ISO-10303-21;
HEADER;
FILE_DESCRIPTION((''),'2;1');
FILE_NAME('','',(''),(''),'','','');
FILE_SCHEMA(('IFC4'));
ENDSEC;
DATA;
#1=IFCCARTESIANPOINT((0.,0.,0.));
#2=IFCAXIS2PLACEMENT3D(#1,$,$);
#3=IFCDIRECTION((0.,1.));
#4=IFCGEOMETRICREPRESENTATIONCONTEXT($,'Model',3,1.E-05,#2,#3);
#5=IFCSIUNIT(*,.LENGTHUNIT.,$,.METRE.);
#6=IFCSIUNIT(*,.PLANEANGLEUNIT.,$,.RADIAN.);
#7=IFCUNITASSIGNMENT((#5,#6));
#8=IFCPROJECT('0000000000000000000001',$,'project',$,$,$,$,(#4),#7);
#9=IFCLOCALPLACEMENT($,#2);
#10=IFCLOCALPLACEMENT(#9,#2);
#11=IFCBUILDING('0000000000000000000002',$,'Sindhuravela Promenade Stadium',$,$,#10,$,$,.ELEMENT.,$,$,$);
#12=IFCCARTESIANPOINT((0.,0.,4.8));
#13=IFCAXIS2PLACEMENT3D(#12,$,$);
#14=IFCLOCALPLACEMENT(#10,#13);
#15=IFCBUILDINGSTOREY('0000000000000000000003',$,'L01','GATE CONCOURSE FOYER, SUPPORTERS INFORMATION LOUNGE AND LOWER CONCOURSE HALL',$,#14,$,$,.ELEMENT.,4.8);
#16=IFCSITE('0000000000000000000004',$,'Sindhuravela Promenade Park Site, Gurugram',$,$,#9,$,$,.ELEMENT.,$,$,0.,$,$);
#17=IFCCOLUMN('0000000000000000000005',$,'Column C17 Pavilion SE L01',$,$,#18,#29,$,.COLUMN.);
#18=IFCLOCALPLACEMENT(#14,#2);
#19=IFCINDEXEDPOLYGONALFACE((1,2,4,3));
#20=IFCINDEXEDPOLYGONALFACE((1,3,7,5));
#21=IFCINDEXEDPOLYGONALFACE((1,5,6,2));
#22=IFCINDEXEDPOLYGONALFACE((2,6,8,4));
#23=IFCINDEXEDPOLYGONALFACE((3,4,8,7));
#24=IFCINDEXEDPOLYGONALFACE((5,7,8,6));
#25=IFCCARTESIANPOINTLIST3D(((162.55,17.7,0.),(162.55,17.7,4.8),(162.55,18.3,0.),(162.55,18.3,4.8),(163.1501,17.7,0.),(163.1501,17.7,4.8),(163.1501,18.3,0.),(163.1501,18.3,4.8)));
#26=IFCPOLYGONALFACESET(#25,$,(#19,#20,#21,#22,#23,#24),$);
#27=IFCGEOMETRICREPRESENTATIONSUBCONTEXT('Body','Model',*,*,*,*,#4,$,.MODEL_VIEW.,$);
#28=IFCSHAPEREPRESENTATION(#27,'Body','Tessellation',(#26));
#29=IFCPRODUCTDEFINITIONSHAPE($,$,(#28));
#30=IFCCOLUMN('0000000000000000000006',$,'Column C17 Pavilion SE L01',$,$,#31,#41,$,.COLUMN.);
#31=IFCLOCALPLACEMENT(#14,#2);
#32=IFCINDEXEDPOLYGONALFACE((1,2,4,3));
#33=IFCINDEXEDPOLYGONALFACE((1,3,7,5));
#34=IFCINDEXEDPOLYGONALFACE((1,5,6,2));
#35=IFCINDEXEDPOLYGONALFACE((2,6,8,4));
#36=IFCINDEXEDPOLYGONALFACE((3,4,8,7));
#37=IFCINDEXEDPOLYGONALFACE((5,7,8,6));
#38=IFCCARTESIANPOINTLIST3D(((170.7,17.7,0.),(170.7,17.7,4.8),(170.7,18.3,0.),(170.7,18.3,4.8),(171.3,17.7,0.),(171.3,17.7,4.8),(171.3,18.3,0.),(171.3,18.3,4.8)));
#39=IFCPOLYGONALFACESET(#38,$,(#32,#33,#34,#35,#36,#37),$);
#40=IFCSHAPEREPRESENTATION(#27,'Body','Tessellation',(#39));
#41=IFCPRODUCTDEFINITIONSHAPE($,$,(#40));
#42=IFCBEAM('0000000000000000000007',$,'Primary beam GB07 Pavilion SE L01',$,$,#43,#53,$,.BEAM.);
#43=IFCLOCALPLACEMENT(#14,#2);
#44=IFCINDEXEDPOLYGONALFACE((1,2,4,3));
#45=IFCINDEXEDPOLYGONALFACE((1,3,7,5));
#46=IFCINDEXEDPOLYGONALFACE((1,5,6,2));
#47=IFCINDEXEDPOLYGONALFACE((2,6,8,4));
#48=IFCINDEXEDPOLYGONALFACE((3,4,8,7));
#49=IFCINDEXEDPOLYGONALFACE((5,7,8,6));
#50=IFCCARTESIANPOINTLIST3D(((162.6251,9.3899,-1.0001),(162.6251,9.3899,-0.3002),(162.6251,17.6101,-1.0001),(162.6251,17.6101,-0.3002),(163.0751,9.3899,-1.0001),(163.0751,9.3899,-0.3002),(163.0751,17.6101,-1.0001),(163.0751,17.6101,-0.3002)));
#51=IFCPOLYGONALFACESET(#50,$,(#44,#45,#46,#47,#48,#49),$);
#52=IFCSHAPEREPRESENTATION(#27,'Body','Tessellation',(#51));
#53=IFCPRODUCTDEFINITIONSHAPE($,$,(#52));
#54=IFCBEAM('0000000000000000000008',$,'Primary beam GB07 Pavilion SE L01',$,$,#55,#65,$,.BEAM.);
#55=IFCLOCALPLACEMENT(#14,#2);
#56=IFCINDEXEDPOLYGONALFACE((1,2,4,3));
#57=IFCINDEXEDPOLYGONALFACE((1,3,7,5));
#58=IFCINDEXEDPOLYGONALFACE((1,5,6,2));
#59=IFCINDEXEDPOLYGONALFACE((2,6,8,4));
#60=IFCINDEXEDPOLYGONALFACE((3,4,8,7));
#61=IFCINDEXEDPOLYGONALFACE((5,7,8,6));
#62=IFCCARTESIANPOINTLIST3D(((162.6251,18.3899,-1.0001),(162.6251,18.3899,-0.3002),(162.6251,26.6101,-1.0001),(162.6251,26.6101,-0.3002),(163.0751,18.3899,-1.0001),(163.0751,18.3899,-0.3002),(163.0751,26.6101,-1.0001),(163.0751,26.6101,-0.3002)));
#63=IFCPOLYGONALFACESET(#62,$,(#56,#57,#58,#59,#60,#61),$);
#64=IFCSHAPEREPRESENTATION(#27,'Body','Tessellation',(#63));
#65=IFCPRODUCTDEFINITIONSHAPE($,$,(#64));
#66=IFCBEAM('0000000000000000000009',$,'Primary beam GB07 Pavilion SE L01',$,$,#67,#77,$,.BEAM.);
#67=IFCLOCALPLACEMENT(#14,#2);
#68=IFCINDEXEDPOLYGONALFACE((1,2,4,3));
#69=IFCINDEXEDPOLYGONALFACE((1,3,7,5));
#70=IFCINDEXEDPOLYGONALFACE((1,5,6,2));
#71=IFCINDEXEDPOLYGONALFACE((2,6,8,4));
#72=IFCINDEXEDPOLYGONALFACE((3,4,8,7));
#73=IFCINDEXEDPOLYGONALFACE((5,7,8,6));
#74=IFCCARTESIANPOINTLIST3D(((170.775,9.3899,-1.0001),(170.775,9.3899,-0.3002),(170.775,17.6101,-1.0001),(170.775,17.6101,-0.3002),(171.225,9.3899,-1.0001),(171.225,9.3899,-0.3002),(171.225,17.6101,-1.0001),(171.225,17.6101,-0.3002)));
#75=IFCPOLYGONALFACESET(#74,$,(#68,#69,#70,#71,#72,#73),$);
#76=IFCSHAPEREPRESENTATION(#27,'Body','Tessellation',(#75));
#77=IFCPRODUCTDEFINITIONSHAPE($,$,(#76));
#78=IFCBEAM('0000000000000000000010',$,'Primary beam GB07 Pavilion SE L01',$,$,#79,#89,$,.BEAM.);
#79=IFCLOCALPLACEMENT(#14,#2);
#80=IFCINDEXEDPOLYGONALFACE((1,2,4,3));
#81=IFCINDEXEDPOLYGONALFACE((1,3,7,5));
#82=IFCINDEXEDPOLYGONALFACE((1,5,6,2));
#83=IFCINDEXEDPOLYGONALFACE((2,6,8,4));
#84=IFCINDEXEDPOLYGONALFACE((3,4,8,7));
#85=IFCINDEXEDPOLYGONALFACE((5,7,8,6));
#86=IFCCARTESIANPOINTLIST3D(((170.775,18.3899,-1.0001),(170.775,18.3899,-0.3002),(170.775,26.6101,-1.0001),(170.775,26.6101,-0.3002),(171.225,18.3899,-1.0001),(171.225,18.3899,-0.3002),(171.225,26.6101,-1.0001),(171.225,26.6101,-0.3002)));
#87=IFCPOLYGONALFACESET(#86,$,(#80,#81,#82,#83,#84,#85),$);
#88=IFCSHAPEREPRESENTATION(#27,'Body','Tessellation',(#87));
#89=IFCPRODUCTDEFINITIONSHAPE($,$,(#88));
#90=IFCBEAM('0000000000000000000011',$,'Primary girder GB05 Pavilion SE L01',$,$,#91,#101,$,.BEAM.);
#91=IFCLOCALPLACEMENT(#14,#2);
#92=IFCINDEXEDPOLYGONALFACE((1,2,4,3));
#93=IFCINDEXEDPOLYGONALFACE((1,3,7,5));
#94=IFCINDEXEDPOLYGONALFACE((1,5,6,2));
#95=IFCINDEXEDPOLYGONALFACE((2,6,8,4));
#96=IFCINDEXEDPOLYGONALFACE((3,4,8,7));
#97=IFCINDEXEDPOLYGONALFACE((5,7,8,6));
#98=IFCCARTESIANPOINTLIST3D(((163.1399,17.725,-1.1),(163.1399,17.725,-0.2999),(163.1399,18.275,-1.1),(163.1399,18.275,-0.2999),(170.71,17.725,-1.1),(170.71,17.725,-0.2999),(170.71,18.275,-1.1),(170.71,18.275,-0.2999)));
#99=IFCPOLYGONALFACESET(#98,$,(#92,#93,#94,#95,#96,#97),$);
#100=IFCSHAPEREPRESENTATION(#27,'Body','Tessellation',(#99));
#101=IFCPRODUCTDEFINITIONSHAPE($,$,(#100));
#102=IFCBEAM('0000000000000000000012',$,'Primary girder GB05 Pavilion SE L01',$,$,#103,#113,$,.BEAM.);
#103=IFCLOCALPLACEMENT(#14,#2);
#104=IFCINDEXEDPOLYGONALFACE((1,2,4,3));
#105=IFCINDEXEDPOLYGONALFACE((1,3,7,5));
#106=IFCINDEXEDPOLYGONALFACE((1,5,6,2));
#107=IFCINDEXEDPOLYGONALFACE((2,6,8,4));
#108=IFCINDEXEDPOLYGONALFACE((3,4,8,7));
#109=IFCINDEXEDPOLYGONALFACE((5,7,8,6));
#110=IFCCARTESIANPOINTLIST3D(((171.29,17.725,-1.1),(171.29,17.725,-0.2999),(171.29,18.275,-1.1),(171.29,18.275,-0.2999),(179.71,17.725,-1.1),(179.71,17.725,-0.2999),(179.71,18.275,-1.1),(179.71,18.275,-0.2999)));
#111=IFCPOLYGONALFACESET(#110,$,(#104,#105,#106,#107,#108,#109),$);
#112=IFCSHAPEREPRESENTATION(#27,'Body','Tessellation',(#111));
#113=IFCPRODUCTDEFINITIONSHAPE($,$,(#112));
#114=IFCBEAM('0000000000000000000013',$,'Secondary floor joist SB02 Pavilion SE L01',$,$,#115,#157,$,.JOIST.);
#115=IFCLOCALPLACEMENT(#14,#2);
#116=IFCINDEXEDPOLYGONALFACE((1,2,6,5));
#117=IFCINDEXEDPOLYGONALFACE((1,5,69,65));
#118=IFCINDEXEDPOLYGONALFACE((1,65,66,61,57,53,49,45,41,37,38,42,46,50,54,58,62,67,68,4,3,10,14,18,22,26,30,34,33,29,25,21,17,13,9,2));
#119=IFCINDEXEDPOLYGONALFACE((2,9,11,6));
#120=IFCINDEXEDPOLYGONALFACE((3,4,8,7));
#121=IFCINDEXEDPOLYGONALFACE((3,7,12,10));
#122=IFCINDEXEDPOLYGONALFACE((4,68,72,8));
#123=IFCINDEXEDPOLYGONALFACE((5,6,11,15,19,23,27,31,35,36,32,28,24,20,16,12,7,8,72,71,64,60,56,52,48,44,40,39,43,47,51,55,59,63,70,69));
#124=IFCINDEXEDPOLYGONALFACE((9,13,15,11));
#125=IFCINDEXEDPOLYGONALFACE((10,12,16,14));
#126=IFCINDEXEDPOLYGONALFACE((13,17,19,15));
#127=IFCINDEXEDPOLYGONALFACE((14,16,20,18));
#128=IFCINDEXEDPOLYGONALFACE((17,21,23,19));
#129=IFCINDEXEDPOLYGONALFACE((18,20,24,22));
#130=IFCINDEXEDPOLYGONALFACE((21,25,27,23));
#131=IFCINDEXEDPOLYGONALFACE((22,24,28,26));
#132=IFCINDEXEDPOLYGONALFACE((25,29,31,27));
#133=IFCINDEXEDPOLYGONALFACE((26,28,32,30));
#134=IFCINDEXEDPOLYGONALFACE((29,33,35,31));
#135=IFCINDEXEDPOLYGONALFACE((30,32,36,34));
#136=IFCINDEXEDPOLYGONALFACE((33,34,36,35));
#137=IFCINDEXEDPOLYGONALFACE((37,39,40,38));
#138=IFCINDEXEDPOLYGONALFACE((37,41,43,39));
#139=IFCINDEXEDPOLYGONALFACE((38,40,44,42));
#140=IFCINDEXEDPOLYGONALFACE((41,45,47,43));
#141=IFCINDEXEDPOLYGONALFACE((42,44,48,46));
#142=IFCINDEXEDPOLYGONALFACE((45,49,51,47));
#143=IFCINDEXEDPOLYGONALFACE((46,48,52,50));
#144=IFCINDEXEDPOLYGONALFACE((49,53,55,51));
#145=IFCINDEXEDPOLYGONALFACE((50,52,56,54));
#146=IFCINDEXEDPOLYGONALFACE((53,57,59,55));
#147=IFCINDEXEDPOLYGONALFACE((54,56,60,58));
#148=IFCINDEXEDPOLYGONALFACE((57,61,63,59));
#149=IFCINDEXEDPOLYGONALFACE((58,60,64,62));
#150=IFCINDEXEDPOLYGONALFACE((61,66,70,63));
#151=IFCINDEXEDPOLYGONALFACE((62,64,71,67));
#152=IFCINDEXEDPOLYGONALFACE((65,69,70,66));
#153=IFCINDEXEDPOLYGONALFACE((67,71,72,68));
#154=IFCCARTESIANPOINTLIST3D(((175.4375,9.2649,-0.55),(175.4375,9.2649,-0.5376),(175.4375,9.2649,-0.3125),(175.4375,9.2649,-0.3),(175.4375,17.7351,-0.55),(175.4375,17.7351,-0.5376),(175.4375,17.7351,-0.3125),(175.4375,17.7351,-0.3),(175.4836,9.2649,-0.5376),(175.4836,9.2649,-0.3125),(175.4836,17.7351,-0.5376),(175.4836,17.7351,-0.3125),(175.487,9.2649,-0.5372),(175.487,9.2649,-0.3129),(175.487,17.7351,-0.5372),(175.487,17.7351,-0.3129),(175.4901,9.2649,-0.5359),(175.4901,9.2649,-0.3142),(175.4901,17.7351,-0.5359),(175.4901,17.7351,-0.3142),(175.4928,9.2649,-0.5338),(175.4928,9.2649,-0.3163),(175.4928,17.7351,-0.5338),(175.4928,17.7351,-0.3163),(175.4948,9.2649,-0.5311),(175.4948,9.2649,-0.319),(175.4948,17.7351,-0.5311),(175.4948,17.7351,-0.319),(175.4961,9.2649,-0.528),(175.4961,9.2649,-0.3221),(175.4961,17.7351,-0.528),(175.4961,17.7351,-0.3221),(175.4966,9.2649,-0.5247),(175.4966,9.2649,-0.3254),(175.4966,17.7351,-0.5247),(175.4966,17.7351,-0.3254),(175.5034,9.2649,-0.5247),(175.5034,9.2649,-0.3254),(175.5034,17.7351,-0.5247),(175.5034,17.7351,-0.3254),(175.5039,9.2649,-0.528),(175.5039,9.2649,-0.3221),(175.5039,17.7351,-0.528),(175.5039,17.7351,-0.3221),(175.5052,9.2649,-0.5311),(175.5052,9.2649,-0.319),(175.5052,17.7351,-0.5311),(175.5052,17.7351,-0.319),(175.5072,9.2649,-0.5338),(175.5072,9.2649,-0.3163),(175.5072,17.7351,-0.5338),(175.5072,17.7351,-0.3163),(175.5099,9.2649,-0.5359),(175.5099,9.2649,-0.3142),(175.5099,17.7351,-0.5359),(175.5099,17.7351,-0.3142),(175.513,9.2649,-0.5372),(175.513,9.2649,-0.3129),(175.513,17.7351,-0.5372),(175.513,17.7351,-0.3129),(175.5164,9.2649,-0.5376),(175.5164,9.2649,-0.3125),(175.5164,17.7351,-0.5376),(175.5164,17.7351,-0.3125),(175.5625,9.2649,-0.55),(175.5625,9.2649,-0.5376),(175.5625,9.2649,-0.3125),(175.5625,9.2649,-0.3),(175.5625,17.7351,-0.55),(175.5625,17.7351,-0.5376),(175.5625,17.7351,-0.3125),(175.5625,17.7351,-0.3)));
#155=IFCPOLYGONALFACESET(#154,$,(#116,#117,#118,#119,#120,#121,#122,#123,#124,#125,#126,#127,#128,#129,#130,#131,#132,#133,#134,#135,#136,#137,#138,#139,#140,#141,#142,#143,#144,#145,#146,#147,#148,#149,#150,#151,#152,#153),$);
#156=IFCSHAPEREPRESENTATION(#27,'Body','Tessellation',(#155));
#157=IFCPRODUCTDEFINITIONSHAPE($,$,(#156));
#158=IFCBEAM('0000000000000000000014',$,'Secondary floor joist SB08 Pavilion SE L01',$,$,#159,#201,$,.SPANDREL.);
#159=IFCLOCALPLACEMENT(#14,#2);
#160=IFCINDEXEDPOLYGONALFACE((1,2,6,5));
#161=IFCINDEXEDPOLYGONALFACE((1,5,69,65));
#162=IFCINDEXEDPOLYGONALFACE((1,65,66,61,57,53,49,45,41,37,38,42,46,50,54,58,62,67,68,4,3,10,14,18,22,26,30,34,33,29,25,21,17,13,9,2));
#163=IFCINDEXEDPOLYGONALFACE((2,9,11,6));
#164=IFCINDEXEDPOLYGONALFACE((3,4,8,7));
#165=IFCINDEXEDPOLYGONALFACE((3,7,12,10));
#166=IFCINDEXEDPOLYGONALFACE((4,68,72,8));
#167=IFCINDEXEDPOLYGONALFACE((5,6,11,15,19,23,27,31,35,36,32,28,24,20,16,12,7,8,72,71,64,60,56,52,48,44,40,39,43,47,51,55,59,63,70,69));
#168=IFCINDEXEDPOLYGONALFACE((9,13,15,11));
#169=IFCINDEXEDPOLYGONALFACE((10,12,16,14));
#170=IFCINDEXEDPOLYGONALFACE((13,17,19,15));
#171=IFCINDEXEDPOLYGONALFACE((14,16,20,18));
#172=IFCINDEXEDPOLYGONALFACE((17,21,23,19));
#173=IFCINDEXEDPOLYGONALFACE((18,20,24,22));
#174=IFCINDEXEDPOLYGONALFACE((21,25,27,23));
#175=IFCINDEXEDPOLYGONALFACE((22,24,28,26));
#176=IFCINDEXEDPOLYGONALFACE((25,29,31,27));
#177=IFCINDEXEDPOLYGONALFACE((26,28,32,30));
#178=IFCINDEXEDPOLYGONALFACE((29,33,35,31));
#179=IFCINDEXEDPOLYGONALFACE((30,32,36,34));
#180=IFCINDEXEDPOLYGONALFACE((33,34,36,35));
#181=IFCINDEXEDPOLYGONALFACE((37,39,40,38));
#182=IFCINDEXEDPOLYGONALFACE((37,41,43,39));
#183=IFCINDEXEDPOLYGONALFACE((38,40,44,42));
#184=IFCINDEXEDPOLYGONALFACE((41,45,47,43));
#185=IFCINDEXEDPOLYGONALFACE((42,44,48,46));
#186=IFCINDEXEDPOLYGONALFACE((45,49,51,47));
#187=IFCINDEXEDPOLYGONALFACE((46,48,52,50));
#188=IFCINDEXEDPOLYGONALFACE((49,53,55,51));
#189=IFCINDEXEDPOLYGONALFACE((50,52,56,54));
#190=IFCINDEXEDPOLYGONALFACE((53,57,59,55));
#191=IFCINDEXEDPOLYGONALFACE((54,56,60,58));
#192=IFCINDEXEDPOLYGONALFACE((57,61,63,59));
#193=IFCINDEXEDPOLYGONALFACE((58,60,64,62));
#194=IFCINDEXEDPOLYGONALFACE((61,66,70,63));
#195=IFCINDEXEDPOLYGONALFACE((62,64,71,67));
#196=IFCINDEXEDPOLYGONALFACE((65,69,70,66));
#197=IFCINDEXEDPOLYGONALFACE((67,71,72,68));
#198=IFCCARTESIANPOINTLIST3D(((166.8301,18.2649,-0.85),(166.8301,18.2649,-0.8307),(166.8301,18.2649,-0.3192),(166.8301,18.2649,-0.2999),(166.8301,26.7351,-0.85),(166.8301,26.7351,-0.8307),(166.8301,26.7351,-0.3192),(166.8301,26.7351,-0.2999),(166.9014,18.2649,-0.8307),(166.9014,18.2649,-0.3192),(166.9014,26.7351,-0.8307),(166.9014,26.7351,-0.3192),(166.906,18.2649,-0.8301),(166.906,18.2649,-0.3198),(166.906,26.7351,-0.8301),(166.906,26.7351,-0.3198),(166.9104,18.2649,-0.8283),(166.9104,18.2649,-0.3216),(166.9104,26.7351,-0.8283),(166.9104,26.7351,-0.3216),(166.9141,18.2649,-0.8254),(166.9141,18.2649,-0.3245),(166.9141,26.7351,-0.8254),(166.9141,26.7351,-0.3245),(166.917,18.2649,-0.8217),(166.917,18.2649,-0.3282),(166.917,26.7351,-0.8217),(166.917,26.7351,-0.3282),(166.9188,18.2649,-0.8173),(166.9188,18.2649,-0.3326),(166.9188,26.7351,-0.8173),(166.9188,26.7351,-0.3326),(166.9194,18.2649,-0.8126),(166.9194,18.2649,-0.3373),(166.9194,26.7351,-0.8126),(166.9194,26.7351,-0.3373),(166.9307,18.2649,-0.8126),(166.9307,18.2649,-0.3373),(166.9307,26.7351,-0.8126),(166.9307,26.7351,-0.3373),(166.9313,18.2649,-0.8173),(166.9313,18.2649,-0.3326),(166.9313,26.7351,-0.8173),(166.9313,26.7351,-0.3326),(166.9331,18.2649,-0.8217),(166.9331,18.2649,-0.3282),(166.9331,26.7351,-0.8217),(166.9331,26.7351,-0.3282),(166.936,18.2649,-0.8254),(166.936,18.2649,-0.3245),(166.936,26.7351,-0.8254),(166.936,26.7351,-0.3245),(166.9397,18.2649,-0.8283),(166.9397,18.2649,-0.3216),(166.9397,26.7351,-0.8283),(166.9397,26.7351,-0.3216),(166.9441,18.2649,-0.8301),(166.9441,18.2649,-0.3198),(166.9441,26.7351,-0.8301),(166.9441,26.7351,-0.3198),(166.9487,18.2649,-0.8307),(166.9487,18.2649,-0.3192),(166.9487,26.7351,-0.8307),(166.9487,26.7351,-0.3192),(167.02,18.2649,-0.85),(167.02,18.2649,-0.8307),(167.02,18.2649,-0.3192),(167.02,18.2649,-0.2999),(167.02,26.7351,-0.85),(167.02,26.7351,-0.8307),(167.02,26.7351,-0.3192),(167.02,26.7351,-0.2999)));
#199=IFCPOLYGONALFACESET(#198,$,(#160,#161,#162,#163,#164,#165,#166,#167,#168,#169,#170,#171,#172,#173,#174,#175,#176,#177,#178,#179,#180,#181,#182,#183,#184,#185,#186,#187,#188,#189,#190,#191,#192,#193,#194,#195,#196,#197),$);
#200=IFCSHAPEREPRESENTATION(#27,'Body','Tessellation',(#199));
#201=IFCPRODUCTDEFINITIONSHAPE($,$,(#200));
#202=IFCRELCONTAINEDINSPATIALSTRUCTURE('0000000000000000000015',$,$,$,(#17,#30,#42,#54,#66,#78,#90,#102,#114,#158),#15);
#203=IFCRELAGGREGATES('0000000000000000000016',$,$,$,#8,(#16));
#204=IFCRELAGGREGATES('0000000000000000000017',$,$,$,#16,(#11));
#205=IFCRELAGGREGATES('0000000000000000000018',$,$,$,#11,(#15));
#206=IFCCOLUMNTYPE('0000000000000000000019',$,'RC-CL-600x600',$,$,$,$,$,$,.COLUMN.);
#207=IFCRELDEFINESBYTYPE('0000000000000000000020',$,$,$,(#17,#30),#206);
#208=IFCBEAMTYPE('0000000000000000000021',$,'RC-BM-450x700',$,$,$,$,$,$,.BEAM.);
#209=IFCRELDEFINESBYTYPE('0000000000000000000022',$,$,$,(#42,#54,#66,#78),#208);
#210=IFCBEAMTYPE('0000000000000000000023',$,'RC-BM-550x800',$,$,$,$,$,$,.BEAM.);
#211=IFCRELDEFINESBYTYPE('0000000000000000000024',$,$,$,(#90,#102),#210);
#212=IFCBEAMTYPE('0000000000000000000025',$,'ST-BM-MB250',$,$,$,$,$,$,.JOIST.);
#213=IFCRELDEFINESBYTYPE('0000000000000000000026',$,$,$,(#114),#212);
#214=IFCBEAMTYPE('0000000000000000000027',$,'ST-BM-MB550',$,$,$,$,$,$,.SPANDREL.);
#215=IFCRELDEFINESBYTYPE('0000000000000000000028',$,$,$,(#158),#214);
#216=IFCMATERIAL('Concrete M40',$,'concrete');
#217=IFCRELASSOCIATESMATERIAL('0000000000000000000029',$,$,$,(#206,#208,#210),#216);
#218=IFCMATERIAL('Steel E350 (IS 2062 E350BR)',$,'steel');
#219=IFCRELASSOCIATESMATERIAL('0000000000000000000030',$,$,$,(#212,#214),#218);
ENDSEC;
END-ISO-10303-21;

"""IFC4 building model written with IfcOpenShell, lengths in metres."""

from ifc_helpers import new_model, si_unit, direction, frame, origin, origin_2d, place, context, subcontext, project, spatial, rectangle, i_section, extrude, material, material_profile, profile_set, type_object, element, save


model = new_model("IFC4")

# Units and contexts
model_context = context("Model", 3, precision=1e-05, world=origin(), true_north=direction((0.0, 1.0)))
body_context = subcontext(model_context, "Body", "Model", "MODEL_VIEW")
ifc_project = project(units=[si_unit("LENGTHUNIT", "METRE"), si_unit("PLANEANGLEUNIT", "RADIAN")], contexts=[model_context])

# Site, building, storey
site_placement = place(None, origin())
site = spatial("IfcSite", under=ifc_project, at=site_placement, Name="Sindhuravela Promenade Park Site, Gurugram", CompositionType="ELEMENT", RefElevation=0.0)
building_placement = place(site_placement, origin())
building = spatial("IfcBuilding", under=site, at=building_placement, Name="Sindhuravela Promenade Stadium", CompositionType="ELEMENT")
storey_placement = place(building_placement, frame((0.0, 0.0, 4.8)))
storey = spatial("IfcBuildingStorey", under=building, at=storey_placement, Name="L01", Description="GATE CONCOURSE FOYER, SUPPORTERS INFORMATION LOUNGE AND LOWER CONCOURSE HALL", CompositionType="ELEMENT", Elevation=4.8)

# Columns
ifc_material_1 = material(Name="Concrete M40", Category="concrete")
ifc_material_profile_1 = material_profile(ifc_material_1, rectangle(XDim=0.6001, YDim=0.6001, at=origin_2d()), Name="RC 600x600")
ifc_profile_set_1 = profile_set([ifc_material_profile_1], Name="Concrete M40")
column_type = type_object("IfcColumnType", Name="RC-CL-600x600", PredefinedType="COLUMN", material=ifc_profile_set_1)
for number, where, z_axis, x_axis, name in (
    (1, (162.8501, 18.0, 0.0), (0.0, 0.0, 1.0), (1.0, 0.0, 0.0), "Column C17 Pavilion SE L01"),
    (2, (171.0, 18.0, 0.0), (0.0, 0.0, 1.0), (1.0, 0.0, 0.0), "Column C17 Pavilion SE L01"),
):
    element("IfcColumn", number, at=place(storey_placement, frame(where, z_axis=z_axis, x_axis=x_axis)), inside=storey, type_object=column_type, Name=name, PredefinedType="COLUMN", context=body_context, shape_type="SweptSolid", body=[
        extrude(rectangle(XDim=0.6001, YDim=0.6001, at=origin_2d()), origin(), (0.0, 0.0, 1.0), 4.8),
    ])

# Beams
ifc_material_profile_2 = material_profile(ifc_material_1, rectangle(XDim=0.45, YDim=0.7, at=origin_2d()), Name="RC 450x700")
ifc_profile_set_2 = profile_set([ifc_material_profile_2], Name="Concrete M40")
beam_type_1 = type_object("IfcBeamType", Name="RC-BM-450x700", PredefinedType="BEAM", material=ifc_profile_set_2)
for number, where, z_axis, x_axis, name in (
    (3, (162.8501, 9.3899, -0.6501), (0.0, 1.0, 0.0), (-1.0, 0.0, 0.0), "Primary beam GB07 Pavilion SE L01"),
    (4, (162.8501, 18.3899, -0.6501), (0.0, 1.0, 0.0), (-1.0, 0.0, 0.0), "Primary beam GB07 Pavilion SE L01"),
    (5, (171.0, 9.3899, -0.6501), (0.0, 1.0, 0.0), (-1.0, 0.0, 0.0), "Primary beam GB07 Pavilion SE L01"),
    (6, (171.0, 18.3899, -0.6501), (0.0, 1.0, 0.0), (-1.0, 0.0, 0.0), "Primary beam GB07 Pavilion SE L01"),
):
    element("IfcBeam", number, at=place(storey_placement, frame(where, z_axis=z_axis, x_axis=x_axis)), inside=storey, type_object=beam_type_1, Name=name, PredefinedType="BEAM", context=body_context, shape_type="SweptSolid", body=[
        extrude(rectangle(XDim=0.45, YDim=0.7, at=origin_2d()), origin(), (0.0, 0.0, 1.0), 8.2202),
    ])
ifc_material_profile_3 = material_profile(ifc_material_1, rectangle(XDim=0.55, YDim=0.8, at=origin_2d()), Name="RC 550x800")
ifc_profile_set_3 = profile_set([ifc_material_profile_3], Name="Concrete M40")
beam_type_2 = type_object("IfcBeamType", Name="RC-BM-550x800", PredefinedType="BEAM", material=ifc_profile_set_3)
beam_1_placement = place(storey_placement, frame((163.1399, 18.0, -0.7), z_axis=(1.0, 0.0, 0.0), x_axis=(0.0, 1.0, 0.0)))
element("IfcBeam", 7, at=beam_1_placement, inside=storey, type_object=beam_type_2, Name="Primary girder GB05 Pavilion SE L01", PredefinedType="BEAM", context=body_context, shape_type="SweptSolid", body=[
    extrude(rectangle(XDim=0.55, YDim=0.8, at=origin_2d()), origin(), (0.0, 0.0, 1.0), 7.5701),
])
beam_2_placement = place(storey_placement, frame((171.29, 18.0, -0.7), z_axis=(1.0, 0.0, 0.0), x_axis=(0.0, 1.0, 0.0)))
element("IfcBeam", 8, at=beam_2_placement, inside=storey, type_object=beam_type_2, Name="Primary girder GB05 Pavilion SE L01", PredefinedType="BEAM", context=body_context, shape_type="SweptSolid", body=[
    extrude(rectangle(XDim=0.55, YDim=0.8, at=origin_2d()), origin(), (0.0, 0.0, 1.0), 8.4199),
])
ifc_material_2 = material(Name="Steel E350 (IS 2062 E350BR)", Category="steel")
ifc_material_profile_4 = material_profile(ifc_material_2, i_section(OverallWidth=0.125, OverallDepth=0.25, WebThickness=0.0068, FlangeThickness=0.0125, FilletRadius=0.0129, at=origin_2d()), Name="ISMB 250")
ifc_profile_set_4 = profile_set([ifc_material_profile_4], Name="Steel E350 (IS 2062 E350BR)")
beam_type_3 = type_object("IfcBeamType", Name="ST-BM-MB250", PredefinedType="JOIST", material=ifc_profile_set_4)
beam_3_placement = place(storey_placement, frame((175.5, 9.2649, -0.425), z_axis=(0.0, 1.0, 0.0), x_axis=(-1.0, 0.0, 0.0)))
element("IfcBeam", 9, at=beam_3_placement, inside=storey, type_object=beam_type_3, Name="Secondary floor joist SB02 Pavilion SE L01", PredefinedType="JOIST", context=body_context, shape_type="SweptSolid", body=[
    extrude(i_section(OverallWidth=0.125, OverallDepth=0.25, WebThickness=0.0068, FlangeThickness=0.0125, FilletRadius=0.0129, at=origin_2d()), origin(), (0.0, 0.0, 1.0), 8.4702),
])
ifc_material_profile_5 = material_profile(ifc_material_2, i_section(OverallWidth=0.1899, OverallDepth=0.55, WebThickness=0.0112, FlangeThickness=0.0193, FilletRadius=0.0181, at=origin_2d()), Name="ISMB 550")
ifc_profile_set_5 = profile_set([ifc_material_profile_5], Name="Steel E350 (IS 2062 E350BR)")
beam_type_4 = type_object("IfcBeamType", Name="ST-BM-MB550", PredefinedType="SPANDREL", material=ifc_profile_set_5)
beam_4_placement = place(storey_placement, frame((166.925, 18.2649, -0.575), z_axis=(0.0, 1.0, 0.0), x_axis=(-1.0, 0.0, 0.0)))
element("IfcBeam", 10, at=beam_4_placement, inside=storey, type_object=beam_type_4, Name="Secondary floor joist SB08 Pavilion SE L01", PredefinedType="SPANDREL", context=body_context, shape_type="SweptSolid", body=[
    extrude(i_section(OverallWidth=0.1899, OverallDepth=0.55, WebThickness=0.0112, FlangeThickness=0.0193, FilletRadius=0.0181, at=origin_2d()), origin(), (0.0, 0.0, 1.0), 8.4702),
])

save(model, "model.ifc")
